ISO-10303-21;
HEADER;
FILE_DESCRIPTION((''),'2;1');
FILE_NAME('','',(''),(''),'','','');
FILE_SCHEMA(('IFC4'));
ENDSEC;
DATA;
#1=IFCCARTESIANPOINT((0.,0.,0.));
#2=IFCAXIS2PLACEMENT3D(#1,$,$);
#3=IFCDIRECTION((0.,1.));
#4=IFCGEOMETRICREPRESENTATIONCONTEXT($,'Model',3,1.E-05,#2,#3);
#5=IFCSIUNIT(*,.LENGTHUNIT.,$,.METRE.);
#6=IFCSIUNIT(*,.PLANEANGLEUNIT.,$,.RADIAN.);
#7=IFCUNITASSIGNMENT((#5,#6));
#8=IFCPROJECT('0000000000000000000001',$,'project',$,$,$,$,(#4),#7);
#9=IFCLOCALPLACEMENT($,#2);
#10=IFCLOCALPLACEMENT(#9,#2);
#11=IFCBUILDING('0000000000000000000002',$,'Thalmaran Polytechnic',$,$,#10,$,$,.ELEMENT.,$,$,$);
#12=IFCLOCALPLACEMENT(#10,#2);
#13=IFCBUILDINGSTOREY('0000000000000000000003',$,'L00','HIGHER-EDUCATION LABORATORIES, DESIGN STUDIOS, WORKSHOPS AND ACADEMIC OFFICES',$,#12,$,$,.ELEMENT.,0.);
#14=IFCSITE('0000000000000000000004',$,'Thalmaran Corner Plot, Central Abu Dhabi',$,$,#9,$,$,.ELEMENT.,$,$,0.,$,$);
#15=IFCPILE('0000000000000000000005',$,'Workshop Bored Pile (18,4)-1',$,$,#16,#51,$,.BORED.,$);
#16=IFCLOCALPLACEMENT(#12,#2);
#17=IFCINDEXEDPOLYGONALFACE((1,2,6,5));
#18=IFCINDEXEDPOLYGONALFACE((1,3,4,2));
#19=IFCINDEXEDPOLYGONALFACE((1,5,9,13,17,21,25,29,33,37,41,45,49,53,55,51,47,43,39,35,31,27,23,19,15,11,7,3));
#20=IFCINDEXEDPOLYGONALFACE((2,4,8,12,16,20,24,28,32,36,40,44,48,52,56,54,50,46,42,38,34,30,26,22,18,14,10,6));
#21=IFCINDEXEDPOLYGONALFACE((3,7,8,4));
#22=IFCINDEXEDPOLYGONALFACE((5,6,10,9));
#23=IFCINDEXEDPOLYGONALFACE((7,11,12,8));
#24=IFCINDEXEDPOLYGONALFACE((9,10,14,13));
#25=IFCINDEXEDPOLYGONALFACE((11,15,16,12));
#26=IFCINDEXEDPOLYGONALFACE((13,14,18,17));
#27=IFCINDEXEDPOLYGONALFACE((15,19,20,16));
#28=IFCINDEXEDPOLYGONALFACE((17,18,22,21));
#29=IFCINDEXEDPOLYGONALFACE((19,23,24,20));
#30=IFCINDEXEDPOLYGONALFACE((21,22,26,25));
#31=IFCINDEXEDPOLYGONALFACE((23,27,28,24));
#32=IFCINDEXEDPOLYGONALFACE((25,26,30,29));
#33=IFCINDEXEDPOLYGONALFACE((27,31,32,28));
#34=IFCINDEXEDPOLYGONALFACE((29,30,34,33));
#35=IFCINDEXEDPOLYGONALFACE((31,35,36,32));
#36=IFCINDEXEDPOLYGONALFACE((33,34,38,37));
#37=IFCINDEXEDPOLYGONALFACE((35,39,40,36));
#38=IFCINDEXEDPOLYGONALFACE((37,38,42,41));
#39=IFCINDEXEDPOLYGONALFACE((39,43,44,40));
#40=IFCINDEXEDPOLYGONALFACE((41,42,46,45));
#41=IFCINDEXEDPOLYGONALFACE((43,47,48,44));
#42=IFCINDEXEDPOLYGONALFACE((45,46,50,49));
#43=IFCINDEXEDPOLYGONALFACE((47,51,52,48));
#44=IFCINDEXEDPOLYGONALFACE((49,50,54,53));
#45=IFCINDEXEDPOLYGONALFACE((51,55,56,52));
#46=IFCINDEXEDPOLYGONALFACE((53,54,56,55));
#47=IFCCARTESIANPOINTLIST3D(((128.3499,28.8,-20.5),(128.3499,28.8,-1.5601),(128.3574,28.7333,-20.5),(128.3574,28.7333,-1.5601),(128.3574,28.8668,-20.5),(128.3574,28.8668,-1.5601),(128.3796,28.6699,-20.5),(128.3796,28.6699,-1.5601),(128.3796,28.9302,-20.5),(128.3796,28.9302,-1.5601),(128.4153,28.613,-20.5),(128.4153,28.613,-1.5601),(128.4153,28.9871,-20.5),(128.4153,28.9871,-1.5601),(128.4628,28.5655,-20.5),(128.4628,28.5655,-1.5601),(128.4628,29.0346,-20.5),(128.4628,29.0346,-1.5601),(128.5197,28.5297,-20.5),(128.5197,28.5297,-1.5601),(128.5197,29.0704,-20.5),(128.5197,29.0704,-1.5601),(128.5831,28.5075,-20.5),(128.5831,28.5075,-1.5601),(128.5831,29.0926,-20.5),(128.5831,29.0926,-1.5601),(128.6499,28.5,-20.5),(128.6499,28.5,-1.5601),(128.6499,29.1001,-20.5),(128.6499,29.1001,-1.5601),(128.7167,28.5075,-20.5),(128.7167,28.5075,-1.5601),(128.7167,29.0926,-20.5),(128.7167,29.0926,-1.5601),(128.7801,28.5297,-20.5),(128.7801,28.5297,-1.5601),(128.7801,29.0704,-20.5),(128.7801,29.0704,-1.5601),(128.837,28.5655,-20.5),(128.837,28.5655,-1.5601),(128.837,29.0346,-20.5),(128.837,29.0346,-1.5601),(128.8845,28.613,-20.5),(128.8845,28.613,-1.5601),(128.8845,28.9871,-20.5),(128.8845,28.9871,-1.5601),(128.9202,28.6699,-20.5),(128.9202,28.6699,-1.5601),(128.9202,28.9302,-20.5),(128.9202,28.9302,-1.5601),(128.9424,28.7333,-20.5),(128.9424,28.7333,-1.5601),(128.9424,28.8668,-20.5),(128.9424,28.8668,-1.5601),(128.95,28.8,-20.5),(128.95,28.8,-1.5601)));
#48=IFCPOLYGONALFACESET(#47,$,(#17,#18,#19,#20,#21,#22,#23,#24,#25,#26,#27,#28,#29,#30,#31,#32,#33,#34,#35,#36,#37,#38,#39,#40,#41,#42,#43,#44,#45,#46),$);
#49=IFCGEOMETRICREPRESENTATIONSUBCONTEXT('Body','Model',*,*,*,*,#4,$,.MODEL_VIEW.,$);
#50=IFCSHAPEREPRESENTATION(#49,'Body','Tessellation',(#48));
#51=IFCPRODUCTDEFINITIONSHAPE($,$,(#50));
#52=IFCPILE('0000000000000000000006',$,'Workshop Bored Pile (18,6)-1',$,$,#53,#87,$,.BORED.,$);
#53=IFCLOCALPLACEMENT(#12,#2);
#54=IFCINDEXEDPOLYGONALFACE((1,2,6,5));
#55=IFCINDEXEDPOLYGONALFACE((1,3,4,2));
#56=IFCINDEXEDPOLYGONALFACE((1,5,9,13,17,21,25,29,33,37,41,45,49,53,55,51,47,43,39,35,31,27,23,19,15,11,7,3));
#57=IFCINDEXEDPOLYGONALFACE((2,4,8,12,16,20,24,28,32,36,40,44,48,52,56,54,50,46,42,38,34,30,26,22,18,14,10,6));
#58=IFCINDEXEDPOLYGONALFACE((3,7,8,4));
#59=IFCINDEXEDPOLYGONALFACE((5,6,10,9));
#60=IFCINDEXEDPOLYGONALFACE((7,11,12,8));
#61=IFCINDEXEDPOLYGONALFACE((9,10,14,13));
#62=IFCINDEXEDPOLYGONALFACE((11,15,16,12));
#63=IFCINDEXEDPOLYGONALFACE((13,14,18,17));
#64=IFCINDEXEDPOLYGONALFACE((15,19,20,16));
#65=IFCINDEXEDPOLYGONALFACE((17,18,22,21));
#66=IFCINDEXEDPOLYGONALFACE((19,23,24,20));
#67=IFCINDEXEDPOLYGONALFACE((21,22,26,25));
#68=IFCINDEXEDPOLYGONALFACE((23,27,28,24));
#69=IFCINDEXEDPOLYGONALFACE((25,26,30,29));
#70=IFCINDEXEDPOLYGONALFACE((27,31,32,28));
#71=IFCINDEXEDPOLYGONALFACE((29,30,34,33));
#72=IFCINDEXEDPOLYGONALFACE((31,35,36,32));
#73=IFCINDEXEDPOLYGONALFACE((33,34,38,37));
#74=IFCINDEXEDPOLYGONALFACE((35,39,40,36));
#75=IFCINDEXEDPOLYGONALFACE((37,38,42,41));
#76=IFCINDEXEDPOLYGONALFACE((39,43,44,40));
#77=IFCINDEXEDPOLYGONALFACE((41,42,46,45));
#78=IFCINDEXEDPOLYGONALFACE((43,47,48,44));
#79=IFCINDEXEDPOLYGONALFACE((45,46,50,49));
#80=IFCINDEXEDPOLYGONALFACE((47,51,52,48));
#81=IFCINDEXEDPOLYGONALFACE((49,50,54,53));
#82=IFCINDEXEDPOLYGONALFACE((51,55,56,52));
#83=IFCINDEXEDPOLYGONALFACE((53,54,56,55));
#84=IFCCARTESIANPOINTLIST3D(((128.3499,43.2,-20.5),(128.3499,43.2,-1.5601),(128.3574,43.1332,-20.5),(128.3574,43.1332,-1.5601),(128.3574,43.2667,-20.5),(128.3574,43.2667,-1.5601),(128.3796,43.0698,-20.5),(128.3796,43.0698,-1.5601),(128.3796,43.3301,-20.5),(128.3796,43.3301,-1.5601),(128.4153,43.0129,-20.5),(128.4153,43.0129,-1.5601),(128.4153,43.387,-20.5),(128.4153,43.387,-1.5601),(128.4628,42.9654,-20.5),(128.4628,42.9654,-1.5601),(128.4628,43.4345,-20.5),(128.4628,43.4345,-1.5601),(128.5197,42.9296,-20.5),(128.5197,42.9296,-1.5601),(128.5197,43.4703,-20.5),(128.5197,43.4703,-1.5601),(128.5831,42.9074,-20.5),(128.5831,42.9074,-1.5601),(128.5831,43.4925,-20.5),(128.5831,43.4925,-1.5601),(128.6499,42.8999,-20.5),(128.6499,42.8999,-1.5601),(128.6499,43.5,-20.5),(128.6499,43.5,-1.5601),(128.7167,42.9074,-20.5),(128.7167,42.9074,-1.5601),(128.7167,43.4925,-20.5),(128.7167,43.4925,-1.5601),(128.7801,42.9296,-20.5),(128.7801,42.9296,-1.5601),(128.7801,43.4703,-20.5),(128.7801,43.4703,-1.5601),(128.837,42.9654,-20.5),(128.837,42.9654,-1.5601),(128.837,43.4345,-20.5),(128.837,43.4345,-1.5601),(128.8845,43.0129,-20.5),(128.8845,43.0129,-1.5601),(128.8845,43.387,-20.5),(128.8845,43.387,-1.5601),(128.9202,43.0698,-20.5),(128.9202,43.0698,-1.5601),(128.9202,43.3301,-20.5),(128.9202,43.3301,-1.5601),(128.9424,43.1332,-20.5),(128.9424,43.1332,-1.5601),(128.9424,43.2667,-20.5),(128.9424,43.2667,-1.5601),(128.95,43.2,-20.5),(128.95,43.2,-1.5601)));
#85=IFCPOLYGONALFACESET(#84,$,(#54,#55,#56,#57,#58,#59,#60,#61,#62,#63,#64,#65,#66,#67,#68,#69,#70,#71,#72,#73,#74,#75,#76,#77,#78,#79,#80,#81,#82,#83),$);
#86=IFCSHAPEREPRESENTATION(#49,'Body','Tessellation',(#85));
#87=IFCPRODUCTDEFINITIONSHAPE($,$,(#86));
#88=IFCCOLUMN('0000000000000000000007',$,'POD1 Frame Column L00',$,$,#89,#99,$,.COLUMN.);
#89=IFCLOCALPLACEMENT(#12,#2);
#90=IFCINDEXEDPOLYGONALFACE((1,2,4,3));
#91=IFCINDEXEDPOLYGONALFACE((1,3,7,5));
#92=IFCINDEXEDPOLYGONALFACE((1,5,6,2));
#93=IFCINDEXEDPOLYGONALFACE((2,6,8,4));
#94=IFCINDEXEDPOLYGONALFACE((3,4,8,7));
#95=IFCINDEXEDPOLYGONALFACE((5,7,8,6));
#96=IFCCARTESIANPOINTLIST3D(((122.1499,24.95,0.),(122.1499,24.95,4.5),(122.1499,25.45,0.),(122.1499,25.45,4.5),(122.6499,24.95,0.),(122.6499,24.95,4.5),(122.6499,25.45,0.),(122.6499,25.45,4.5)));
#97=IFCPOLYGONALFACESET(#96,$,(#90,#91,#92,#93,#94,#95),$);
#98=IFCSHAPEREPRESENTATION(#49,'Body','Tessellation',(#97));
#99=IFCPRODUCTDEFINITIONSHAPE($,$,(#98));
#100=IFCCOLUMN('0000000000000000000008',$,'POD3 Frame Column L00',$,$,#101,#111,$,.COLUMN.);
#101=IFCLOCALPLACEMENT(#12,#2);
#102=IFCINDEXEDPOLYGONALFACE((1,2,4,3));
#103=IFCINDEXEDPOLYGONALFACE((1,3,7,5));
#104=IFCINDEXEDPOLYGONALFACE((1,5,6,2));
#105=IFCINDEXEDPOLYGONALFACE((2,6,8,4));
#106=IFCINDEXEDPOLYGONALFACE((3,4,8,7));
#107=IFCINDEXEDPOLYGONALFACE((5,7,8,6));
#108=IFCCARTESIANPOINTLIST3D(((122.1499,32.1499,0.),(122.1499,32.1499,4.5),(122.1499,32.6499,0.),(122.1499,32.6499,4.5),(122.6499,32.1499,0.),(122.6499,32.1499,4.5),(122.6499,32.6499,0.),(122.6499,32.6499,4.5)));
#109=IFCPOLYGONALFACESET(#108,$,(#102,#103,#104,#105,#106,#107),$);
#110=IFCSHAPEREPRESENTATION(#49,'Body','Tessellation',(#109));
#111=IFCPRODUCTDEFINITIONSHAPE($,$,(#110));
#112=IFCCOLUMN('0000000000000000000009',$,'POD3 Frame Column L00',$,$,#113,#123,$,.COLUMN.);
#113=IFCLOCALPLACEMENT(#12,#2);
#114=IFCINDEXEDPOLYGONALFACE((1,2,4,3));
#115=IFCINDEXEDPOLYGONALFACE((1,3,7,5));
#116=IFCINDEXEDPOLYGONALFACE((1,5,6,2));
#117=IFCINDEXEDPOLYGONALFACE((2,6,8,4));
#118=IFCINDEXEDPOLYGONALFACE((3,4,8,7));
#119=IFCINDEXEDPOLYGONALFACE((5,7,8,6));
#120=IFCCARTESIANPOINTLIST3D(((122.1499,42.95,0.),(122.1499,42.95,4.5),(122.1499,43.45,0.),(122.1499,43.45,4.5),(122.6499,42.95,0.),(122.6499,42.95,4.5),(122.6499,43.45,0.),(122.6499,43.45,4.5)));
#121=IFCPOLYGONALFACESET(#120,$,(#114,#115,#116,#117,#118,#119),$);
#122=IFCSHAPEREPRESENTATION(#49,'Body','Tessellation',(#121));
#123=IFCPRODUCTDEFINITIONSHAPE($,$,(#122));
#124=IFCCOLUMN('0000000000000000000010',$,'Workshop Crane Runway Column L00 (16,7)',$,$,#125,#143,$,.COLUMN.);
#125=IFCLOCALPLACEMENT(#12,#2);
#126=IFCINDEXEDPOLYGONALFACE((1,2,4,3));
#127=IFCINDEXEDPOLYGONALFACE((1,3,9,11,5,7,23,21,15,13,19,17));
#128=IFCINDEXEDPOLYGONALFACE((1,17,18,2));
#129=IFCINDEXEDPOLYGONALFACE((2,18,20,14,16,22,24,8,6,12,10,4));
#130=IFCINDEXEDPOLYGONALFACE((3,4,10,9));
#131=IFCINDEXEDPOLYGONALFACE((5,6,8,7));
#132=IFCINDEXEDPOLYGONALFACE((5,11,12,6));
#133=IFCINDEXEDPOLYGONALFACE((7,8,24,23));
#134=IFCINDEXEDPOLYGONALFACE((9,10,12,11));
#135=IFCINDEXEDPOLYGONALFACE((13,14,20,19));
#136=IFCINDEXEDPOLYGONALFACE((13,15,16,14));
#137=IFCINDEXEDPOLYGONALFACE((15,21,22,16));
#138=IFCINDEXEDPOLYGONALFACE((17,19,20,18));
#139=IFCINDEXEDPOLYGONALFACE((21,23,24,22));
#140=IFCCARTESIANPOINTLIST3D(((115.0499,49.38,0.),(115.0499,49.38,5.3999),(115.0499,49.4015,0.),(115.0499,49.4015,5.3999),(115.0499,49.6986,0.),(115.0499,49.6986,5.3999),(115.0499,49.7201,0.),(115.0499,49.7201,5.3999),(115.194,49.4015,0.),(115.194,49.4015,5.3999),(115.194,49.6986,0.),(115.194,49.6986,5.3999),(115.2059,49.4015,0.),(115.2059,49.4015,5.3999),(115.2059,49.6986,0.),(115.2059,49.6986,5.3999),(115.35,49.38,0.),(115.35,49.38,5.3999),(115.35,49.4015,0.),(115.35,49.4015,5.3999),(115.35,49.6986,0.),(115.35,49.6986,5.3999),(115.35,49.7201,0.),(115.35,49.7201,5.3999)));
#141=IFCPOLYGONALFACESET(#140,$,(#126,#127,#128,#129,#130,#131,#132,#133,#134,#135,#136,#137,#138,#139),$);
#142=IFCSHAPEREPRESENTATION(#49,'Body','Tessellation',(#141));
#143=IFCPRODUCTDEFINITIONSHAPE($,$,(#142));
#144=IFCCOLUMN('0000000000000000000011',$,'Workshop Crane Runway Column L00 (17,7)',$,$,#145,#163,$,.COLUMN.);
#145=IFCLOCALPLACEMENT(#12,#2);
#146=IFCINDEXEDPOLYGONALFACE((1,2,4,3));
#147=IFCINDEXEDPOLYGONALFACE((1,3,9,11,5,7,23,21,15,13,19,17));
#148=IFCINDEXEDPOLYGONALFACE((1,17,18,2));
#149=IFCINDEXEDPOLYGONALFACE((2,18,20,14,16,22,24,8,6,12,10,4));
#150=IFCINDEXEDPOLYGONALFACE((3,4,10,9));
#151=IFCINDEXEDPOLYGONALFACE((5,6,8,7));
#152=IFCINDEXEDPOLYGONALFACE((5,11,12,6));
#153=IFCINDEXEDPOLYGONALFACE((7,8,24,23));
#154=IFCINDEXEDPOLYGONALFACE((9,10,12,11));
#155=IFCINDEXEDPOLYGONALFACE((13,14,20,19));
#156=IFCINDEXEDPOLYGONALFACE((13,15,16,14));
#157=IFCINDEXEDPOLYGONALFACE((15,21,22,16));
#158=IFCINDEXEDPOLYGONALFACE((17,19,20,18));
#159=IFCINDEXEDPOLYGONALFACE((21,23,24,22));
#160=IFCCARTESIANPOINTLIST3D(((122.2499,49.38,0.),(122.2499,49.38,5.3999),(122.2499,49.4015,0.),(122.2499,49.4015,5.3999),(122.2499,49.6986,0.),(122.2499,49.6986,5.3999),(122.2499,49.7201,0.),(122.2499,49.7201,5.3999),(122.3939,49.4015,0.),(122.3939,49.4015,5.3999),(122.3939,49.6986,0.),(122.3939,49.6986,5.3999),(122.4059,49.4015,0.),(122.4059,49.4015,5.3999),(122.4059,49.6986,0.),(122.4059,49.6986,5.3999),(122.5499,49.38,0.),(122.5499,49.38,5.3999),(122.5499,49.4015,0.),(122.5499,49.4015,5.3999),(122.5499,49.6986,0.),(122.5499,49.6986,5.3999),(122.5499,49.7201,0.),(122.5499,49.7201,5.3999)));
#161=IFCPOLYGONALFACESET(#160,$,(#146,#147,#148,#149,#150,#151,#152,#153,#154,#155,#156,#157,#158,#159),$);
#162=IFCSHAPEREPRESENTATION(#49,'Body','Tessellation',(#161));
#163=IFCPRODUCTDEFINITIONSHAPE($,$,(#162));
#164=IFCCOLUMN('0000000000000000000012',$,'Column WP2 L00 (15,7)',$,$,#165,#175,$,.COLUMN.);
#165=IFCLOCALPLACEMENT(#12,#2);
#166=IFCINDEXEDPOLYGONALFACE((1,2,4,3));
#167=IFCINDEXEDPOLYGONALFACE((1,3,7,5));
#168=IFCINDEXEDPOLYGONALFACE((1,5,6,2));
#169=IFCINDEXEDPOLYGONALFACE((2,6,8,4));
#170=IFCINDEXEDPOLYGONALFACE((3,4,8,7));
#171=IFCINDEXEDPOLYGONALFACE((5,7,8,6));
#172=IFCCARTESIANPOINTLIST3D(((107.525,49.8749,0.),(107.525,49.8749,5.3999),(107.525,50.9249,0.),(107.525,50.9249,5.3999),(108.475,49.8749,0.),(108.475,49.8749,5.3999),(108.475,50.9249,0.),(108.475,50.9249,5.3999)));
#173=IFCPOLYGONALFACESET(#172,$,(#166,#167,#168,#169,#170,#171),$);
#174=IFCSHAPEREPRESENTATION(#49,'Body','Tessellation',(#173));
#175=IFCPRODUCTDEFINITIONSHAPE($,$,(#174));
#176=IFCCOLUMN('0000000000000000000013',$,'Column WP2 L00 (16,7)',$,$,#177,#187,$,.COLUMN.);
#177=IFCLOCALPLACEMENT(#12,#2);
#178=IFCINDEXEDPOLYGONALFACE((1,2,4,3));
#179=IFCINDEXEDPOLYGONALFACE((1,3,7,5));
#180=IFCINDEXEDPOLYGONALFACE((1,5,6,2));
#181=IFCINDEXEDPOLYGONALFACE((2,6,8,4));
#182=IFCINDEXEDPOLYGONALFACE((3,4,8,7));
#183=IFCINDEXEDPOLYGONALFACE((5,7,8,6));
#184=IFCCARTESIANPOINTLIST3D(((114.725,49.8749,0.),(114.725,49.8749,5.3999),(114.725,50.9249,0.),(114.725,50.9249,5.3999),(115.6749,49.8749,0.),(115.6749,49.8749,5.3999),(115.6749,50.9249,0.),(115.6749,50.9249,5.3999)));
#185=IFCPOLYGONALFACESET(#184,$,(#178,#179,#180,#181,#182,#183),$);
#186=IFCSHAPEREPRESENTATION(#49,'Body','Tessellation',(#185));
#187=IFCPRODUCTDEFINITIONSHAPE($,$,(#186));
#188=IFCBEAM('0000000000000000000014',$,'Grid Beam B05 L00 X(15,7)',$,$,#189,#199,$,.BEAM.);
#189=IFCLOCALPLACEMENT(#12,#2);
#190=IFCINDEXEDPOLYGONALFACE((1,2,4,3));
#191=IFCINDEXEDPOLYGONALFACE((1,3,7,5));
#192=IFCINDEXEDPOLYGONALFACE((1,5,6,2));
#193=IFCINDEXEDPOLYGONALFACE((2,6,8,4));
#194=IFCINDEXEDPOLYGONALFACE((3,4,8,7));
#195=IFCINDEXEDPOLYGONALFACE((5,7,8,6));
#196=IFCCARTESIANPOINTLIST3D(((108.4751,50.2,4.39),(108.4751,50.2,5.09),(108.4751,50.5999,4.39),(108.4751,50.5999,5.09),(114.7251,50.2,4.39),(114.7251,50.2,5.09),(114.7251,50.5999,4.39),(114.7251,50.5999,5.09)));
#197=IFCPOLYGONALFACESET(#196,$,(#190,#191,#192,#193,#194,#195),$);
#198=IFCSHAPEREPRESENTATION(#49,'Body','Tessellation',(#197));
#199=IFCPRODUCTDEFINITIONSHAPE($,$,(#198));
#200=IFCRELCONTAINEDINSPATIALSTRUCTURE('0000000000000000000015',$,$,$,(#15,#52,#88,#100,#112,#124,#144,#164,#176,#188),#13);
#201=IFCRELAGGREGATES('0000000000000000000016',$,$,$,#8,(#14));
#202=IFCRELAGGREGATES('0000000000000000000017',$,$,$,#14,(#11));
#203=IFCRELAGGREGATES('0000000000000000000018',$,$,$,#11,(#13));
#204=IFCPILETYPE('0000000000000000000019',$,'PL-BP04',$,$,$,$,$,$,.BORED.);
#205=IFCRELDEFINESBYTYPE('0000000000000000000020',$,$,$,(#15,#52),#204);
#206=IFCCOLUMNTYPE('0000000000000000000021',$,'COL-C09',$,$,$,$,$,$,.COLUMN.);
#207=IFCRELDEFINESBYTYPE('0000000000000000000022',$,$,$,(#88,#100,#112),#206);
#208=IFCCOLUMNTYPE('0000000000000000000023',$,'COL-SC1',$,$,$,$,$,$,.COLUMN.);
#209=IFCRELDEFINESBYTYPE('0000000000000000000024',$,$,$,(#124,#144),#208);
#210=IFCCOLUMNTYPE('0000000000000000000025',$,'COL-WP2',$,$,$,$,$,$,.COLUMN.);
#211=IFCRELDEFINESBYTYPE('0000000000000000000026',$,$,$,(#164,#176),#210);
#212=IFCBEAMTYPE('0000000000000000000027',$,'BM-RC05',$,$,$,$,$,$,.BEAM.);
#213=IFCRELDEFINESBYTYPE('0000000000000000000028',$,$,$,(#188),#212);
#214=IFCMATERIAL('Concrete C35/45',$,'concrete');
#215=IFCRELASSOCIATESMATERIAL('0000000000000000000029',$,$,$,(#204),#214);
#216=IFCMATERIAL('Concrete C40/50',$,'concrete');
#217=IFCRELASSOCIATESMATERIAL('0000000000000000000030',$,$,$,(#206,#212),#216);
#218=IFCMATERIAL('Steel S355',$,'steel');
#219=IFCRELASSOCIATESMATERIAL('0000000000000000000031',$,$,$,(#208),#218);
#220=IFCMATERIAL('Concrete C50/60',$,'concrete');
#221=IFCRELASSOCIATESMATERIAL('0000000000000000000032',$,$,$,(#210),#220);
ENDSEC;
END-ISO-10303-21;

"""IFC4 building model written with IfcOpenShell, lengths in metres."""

from ifc_helpers import new_model, si_unit, direction, frame, origin, origin_2d, place, context, subcontext, project, spatial, rectangle, circle, i_section, extrude, material, material_profile, profile_set, type_object, element, save


model = new_model("IFC4")

# Units and contexts
model_context = context("Model", 3, precision=1e-05, world=origin(), true_north=direction((0.0, 1.0)))
body_context = subcontext(model_context, "Body", "Model", "MODEL_VIEW")
ifc_project = project(units=[si_unit("LENGTHUNIT", "METRE"), si_unit("PLANEANGLEUNIT", "RADIAN")], contexts=[model_context])

# Site, building, storey
site_placement = place(None, origin())
site = spatial("IfcSite", under=ifc_project, at=site_placement, Name="Thalmaran Corner Plot, Central Abu Dhabi", CompositionType="ELEMENT", RefElevation=0.0)
building_placement = place(site_placement, origin())
building = spatial("IfcBuilding", under=site, at=building_placement, Name="Thalmaran Polytechnic", CompositionType="ELEMENT")
storey_placement = place(building_placement, origin())
storey = spatial("IfcBuildingStorey", under=building, at=storey_placement, Name="L00", Description="HIGHER-EDUCATION LABORATORIES, DESIGN STUDIOS, WORKSHOPS AND ACADEMIC OFFICES", CompositionType="ELEMENT", Elevation=0.0)

# Shared definitions
ifc_material_1 = material(Name="Concrete C40/50", Category="concrete")

# Piles
ifc_material_2 = material(Name="Concrete C35/45", Category="concrete")
ifc_material_profile_1 = material_profile(ifc_material_2, circle(Radius=0.3, at=origin_2d()), Name="RC 600 DIA")
ifc_profile_set_1 = profile_set([ifc_material_profile_1], Name="Concrete C35/45")
pile_type = type_object("IfcPileType", Name="PL-BP04", PredefinedType="BORED", material=ifc_profile_set_1)
for number, where, z_axis, x_axis, name in (
    (1, (128.6499, 28.8, -1.5601), (0.0, 0.0, -1.0), (1.0, 0.0, 0.0), "Workshop Bored Pile (18,4)-1"),
    (2, (128.6499, 43.2, -1.5601), (0.0, 0.0, -1.0), (1.0, 0.0, 0.0), "Workshop Bored Pile (18,6)-1"),
):
    element("IfcPile", number, at=place(storey_placement, frame(where, z_axis=z_axis, x_axis=x_axis)), inside=storey, type_object=pile_type, Name=name, PredefinedType="BORED", context=body_context, shape_type="SweptSolid", body=[
        extrude(circle(Radius=0.3, at=origin_2d()), origin(), (0.0, 0.0, 1.0), 18.9399),
    ])

# Columns
ifc_material_profile_2 = material_profile(ifc_material_1, rectangle(XDim=0.5, YDim=0.5, at=origin_2d()), Name="RC 500x500")
ifc_profile_set_2 = profile_set([ifc_material_profile_2], Name="Concrete C40/50")
column_type_1 = type_object("IfcColumnType", Name="COL-C09", PredefinedType="COLUMN", material=ifc_profile_set_2)
for number, where, z_axis, x_axis, name in (
    (3, (122.3999, 25.2, 0.0), (0.0, 0.0, 1.0), (1.0, 0.0, 0.0), "POD1 Frame Column L00"),
    (4, (122.3999, 32.3999, 0.0), (0.0, 0.0, 1.0), (1.0, 0.0, 0.0), "POD3 Frame Column L00"),
    (5, (122.3999, 43.2, 0.0), (0.0, 0.0, 1.0), (1.0, 0.0, 0.0), "POD3 Frame Column L00"),
):
    element("IfcColumn", number, at=place(storey_placement, frame(where, z_axis=z_axis, x_axis=x_axis)), inside=storey, type_object=column_type_1, Name=name, PredefinedType="COLUMN", context=body_context, shape_type="SweptSolid", body=[
        extrude(rectangle(XDim=0.5, YDim=0.5, at=origin_2d()), origin(), (0.0, 0.0, 1.0), 4.5),
    ])
ifc_material_3 = material(Name="Steel S355", Category="steel")
ifc_material_profile_3 = material_profile(ifc_material_3, i_section(OverallWidth=0.3, OverallDepth=0.3401, WebThickness=0.012, FlangeThickness=0.0215, at=origin_2d()), Name="HEB 340")
ifc_profile_set_3 = profile_set([ifc_material_profile_3], Name="Steel S355")
column_type_2 = type_object("IfcColumnType", Name="COL-SC1", PredefinedType="COLUMN", material=ifc_profile_set_3)
for number, where, z_axis, x_axis, name in (
    (6, (115.2, 49.55, 0.0), (0.0, 0.0, 1.0), (1.0, 0.0, 0.0), "Workshop Crane Runway Column L00 (16,7)"),
    (7, (122.3999, 49.55, 0.0), (0.0, 0.0, 1.0), (1.0, 0.0, 0.0), "Workshop Crane Runway Column L00 (17,7)"),
):
    element("IfcColumn", number, at=place(storey_placement, frame(where, z_axis=z_axis, x_axis=x_axis)), inside=storey, type_object=column_type_2, Name=name, PredefinedType="COLUMN", context=body_context, shape_type="SweptSolid", body=[
        extrude(i_section(OverallWidth=0.3, OverallDepth=0.3401, WebThickness=0.012, FlangeThickness=0.0215, at=origin_2d()), origin(), (0.0, 0.0, 1.0), 5.3999),
    ])
ifc_material_4 = material(Name="Concrete C50/60", Category="concrete")
ifc_material_profile_4 = material_profile(ifc_material_4, rectangle(XDim=0.95, YDim=1.05, at=origin_2d()), Name="RC 950x1050")
ifc_profile_set_4 = profile_set([ifc_material_profile_4], Name="Concrete C50/60")
column_type_3 = type_object("IfcColumnType", Name="COL-WP2", PredefinedType="COLUMN", material=ifc_profile_set_4)
for number, where, z_axis, x_axis, name in (
    (8, (108.0, 50.3999, 0.0), (0.0, 0.0, 1.0), (1.0, 0.0, 0.0), "Column WP2 L00 (15,7)"),
    (9, (115.2, 50.3999, 0.0), (0.0, 0.0, 1.0), (1.0, 0.0, 0.0), "Column WP2 L00 (16,7)"),
):
    element("IfcColumn", number, at=place(storey_placement, frame(where, z_axis=z_axis, x_axis=x_axis)), inside=storey, type_object=column_type_3, Name=name, PredefinedType="COLUMN", context=body_context, shape_type="SweptSolid", body=[
        extrude(rectangle(XDim=0.95, YDim=1.05, at=origin_2d()), origin(), (0.0, 0.0, 1.0), 5.3999),
    ])

# Beam
ifc_material_profile_5 = material_profile(ifc_material_1, rectangle(XDim=0.3999, YDim=0.7, at=origin_2d()), Name="RC 400x700")
ifc_profile_set_5 = profile_set([ifc_material_profile_5], Name="Concrete C40/50")
beam_type_1 = type_object("IfcBeamType", Name="BM-RC05", PredefinedType="BEAM", material=ifc_profile_set_5)
beam_1_placement = place(storey_placement, frame((108.4751, 50.3999, 4.74), z_axis=(1.0, 0.0, 0.0), x_axis=(0.0, 1.0, 0.0)))
element("IfcBeam", 10, at=beam_1_placement, inside=storey, type_object=beam_type_1, Name="Grid Beam B05 L00 X(15,7)", PredefinedType="BEAM", context=body_context, shape_type="SweptSolid", body=[
    extrude(rectangle(XDim=0.3999, YDim=0.7, at=origin_2d()), origin(), (0.0, 0.0, 1.0), 6.25),
])

save(model, "model.ifc")
